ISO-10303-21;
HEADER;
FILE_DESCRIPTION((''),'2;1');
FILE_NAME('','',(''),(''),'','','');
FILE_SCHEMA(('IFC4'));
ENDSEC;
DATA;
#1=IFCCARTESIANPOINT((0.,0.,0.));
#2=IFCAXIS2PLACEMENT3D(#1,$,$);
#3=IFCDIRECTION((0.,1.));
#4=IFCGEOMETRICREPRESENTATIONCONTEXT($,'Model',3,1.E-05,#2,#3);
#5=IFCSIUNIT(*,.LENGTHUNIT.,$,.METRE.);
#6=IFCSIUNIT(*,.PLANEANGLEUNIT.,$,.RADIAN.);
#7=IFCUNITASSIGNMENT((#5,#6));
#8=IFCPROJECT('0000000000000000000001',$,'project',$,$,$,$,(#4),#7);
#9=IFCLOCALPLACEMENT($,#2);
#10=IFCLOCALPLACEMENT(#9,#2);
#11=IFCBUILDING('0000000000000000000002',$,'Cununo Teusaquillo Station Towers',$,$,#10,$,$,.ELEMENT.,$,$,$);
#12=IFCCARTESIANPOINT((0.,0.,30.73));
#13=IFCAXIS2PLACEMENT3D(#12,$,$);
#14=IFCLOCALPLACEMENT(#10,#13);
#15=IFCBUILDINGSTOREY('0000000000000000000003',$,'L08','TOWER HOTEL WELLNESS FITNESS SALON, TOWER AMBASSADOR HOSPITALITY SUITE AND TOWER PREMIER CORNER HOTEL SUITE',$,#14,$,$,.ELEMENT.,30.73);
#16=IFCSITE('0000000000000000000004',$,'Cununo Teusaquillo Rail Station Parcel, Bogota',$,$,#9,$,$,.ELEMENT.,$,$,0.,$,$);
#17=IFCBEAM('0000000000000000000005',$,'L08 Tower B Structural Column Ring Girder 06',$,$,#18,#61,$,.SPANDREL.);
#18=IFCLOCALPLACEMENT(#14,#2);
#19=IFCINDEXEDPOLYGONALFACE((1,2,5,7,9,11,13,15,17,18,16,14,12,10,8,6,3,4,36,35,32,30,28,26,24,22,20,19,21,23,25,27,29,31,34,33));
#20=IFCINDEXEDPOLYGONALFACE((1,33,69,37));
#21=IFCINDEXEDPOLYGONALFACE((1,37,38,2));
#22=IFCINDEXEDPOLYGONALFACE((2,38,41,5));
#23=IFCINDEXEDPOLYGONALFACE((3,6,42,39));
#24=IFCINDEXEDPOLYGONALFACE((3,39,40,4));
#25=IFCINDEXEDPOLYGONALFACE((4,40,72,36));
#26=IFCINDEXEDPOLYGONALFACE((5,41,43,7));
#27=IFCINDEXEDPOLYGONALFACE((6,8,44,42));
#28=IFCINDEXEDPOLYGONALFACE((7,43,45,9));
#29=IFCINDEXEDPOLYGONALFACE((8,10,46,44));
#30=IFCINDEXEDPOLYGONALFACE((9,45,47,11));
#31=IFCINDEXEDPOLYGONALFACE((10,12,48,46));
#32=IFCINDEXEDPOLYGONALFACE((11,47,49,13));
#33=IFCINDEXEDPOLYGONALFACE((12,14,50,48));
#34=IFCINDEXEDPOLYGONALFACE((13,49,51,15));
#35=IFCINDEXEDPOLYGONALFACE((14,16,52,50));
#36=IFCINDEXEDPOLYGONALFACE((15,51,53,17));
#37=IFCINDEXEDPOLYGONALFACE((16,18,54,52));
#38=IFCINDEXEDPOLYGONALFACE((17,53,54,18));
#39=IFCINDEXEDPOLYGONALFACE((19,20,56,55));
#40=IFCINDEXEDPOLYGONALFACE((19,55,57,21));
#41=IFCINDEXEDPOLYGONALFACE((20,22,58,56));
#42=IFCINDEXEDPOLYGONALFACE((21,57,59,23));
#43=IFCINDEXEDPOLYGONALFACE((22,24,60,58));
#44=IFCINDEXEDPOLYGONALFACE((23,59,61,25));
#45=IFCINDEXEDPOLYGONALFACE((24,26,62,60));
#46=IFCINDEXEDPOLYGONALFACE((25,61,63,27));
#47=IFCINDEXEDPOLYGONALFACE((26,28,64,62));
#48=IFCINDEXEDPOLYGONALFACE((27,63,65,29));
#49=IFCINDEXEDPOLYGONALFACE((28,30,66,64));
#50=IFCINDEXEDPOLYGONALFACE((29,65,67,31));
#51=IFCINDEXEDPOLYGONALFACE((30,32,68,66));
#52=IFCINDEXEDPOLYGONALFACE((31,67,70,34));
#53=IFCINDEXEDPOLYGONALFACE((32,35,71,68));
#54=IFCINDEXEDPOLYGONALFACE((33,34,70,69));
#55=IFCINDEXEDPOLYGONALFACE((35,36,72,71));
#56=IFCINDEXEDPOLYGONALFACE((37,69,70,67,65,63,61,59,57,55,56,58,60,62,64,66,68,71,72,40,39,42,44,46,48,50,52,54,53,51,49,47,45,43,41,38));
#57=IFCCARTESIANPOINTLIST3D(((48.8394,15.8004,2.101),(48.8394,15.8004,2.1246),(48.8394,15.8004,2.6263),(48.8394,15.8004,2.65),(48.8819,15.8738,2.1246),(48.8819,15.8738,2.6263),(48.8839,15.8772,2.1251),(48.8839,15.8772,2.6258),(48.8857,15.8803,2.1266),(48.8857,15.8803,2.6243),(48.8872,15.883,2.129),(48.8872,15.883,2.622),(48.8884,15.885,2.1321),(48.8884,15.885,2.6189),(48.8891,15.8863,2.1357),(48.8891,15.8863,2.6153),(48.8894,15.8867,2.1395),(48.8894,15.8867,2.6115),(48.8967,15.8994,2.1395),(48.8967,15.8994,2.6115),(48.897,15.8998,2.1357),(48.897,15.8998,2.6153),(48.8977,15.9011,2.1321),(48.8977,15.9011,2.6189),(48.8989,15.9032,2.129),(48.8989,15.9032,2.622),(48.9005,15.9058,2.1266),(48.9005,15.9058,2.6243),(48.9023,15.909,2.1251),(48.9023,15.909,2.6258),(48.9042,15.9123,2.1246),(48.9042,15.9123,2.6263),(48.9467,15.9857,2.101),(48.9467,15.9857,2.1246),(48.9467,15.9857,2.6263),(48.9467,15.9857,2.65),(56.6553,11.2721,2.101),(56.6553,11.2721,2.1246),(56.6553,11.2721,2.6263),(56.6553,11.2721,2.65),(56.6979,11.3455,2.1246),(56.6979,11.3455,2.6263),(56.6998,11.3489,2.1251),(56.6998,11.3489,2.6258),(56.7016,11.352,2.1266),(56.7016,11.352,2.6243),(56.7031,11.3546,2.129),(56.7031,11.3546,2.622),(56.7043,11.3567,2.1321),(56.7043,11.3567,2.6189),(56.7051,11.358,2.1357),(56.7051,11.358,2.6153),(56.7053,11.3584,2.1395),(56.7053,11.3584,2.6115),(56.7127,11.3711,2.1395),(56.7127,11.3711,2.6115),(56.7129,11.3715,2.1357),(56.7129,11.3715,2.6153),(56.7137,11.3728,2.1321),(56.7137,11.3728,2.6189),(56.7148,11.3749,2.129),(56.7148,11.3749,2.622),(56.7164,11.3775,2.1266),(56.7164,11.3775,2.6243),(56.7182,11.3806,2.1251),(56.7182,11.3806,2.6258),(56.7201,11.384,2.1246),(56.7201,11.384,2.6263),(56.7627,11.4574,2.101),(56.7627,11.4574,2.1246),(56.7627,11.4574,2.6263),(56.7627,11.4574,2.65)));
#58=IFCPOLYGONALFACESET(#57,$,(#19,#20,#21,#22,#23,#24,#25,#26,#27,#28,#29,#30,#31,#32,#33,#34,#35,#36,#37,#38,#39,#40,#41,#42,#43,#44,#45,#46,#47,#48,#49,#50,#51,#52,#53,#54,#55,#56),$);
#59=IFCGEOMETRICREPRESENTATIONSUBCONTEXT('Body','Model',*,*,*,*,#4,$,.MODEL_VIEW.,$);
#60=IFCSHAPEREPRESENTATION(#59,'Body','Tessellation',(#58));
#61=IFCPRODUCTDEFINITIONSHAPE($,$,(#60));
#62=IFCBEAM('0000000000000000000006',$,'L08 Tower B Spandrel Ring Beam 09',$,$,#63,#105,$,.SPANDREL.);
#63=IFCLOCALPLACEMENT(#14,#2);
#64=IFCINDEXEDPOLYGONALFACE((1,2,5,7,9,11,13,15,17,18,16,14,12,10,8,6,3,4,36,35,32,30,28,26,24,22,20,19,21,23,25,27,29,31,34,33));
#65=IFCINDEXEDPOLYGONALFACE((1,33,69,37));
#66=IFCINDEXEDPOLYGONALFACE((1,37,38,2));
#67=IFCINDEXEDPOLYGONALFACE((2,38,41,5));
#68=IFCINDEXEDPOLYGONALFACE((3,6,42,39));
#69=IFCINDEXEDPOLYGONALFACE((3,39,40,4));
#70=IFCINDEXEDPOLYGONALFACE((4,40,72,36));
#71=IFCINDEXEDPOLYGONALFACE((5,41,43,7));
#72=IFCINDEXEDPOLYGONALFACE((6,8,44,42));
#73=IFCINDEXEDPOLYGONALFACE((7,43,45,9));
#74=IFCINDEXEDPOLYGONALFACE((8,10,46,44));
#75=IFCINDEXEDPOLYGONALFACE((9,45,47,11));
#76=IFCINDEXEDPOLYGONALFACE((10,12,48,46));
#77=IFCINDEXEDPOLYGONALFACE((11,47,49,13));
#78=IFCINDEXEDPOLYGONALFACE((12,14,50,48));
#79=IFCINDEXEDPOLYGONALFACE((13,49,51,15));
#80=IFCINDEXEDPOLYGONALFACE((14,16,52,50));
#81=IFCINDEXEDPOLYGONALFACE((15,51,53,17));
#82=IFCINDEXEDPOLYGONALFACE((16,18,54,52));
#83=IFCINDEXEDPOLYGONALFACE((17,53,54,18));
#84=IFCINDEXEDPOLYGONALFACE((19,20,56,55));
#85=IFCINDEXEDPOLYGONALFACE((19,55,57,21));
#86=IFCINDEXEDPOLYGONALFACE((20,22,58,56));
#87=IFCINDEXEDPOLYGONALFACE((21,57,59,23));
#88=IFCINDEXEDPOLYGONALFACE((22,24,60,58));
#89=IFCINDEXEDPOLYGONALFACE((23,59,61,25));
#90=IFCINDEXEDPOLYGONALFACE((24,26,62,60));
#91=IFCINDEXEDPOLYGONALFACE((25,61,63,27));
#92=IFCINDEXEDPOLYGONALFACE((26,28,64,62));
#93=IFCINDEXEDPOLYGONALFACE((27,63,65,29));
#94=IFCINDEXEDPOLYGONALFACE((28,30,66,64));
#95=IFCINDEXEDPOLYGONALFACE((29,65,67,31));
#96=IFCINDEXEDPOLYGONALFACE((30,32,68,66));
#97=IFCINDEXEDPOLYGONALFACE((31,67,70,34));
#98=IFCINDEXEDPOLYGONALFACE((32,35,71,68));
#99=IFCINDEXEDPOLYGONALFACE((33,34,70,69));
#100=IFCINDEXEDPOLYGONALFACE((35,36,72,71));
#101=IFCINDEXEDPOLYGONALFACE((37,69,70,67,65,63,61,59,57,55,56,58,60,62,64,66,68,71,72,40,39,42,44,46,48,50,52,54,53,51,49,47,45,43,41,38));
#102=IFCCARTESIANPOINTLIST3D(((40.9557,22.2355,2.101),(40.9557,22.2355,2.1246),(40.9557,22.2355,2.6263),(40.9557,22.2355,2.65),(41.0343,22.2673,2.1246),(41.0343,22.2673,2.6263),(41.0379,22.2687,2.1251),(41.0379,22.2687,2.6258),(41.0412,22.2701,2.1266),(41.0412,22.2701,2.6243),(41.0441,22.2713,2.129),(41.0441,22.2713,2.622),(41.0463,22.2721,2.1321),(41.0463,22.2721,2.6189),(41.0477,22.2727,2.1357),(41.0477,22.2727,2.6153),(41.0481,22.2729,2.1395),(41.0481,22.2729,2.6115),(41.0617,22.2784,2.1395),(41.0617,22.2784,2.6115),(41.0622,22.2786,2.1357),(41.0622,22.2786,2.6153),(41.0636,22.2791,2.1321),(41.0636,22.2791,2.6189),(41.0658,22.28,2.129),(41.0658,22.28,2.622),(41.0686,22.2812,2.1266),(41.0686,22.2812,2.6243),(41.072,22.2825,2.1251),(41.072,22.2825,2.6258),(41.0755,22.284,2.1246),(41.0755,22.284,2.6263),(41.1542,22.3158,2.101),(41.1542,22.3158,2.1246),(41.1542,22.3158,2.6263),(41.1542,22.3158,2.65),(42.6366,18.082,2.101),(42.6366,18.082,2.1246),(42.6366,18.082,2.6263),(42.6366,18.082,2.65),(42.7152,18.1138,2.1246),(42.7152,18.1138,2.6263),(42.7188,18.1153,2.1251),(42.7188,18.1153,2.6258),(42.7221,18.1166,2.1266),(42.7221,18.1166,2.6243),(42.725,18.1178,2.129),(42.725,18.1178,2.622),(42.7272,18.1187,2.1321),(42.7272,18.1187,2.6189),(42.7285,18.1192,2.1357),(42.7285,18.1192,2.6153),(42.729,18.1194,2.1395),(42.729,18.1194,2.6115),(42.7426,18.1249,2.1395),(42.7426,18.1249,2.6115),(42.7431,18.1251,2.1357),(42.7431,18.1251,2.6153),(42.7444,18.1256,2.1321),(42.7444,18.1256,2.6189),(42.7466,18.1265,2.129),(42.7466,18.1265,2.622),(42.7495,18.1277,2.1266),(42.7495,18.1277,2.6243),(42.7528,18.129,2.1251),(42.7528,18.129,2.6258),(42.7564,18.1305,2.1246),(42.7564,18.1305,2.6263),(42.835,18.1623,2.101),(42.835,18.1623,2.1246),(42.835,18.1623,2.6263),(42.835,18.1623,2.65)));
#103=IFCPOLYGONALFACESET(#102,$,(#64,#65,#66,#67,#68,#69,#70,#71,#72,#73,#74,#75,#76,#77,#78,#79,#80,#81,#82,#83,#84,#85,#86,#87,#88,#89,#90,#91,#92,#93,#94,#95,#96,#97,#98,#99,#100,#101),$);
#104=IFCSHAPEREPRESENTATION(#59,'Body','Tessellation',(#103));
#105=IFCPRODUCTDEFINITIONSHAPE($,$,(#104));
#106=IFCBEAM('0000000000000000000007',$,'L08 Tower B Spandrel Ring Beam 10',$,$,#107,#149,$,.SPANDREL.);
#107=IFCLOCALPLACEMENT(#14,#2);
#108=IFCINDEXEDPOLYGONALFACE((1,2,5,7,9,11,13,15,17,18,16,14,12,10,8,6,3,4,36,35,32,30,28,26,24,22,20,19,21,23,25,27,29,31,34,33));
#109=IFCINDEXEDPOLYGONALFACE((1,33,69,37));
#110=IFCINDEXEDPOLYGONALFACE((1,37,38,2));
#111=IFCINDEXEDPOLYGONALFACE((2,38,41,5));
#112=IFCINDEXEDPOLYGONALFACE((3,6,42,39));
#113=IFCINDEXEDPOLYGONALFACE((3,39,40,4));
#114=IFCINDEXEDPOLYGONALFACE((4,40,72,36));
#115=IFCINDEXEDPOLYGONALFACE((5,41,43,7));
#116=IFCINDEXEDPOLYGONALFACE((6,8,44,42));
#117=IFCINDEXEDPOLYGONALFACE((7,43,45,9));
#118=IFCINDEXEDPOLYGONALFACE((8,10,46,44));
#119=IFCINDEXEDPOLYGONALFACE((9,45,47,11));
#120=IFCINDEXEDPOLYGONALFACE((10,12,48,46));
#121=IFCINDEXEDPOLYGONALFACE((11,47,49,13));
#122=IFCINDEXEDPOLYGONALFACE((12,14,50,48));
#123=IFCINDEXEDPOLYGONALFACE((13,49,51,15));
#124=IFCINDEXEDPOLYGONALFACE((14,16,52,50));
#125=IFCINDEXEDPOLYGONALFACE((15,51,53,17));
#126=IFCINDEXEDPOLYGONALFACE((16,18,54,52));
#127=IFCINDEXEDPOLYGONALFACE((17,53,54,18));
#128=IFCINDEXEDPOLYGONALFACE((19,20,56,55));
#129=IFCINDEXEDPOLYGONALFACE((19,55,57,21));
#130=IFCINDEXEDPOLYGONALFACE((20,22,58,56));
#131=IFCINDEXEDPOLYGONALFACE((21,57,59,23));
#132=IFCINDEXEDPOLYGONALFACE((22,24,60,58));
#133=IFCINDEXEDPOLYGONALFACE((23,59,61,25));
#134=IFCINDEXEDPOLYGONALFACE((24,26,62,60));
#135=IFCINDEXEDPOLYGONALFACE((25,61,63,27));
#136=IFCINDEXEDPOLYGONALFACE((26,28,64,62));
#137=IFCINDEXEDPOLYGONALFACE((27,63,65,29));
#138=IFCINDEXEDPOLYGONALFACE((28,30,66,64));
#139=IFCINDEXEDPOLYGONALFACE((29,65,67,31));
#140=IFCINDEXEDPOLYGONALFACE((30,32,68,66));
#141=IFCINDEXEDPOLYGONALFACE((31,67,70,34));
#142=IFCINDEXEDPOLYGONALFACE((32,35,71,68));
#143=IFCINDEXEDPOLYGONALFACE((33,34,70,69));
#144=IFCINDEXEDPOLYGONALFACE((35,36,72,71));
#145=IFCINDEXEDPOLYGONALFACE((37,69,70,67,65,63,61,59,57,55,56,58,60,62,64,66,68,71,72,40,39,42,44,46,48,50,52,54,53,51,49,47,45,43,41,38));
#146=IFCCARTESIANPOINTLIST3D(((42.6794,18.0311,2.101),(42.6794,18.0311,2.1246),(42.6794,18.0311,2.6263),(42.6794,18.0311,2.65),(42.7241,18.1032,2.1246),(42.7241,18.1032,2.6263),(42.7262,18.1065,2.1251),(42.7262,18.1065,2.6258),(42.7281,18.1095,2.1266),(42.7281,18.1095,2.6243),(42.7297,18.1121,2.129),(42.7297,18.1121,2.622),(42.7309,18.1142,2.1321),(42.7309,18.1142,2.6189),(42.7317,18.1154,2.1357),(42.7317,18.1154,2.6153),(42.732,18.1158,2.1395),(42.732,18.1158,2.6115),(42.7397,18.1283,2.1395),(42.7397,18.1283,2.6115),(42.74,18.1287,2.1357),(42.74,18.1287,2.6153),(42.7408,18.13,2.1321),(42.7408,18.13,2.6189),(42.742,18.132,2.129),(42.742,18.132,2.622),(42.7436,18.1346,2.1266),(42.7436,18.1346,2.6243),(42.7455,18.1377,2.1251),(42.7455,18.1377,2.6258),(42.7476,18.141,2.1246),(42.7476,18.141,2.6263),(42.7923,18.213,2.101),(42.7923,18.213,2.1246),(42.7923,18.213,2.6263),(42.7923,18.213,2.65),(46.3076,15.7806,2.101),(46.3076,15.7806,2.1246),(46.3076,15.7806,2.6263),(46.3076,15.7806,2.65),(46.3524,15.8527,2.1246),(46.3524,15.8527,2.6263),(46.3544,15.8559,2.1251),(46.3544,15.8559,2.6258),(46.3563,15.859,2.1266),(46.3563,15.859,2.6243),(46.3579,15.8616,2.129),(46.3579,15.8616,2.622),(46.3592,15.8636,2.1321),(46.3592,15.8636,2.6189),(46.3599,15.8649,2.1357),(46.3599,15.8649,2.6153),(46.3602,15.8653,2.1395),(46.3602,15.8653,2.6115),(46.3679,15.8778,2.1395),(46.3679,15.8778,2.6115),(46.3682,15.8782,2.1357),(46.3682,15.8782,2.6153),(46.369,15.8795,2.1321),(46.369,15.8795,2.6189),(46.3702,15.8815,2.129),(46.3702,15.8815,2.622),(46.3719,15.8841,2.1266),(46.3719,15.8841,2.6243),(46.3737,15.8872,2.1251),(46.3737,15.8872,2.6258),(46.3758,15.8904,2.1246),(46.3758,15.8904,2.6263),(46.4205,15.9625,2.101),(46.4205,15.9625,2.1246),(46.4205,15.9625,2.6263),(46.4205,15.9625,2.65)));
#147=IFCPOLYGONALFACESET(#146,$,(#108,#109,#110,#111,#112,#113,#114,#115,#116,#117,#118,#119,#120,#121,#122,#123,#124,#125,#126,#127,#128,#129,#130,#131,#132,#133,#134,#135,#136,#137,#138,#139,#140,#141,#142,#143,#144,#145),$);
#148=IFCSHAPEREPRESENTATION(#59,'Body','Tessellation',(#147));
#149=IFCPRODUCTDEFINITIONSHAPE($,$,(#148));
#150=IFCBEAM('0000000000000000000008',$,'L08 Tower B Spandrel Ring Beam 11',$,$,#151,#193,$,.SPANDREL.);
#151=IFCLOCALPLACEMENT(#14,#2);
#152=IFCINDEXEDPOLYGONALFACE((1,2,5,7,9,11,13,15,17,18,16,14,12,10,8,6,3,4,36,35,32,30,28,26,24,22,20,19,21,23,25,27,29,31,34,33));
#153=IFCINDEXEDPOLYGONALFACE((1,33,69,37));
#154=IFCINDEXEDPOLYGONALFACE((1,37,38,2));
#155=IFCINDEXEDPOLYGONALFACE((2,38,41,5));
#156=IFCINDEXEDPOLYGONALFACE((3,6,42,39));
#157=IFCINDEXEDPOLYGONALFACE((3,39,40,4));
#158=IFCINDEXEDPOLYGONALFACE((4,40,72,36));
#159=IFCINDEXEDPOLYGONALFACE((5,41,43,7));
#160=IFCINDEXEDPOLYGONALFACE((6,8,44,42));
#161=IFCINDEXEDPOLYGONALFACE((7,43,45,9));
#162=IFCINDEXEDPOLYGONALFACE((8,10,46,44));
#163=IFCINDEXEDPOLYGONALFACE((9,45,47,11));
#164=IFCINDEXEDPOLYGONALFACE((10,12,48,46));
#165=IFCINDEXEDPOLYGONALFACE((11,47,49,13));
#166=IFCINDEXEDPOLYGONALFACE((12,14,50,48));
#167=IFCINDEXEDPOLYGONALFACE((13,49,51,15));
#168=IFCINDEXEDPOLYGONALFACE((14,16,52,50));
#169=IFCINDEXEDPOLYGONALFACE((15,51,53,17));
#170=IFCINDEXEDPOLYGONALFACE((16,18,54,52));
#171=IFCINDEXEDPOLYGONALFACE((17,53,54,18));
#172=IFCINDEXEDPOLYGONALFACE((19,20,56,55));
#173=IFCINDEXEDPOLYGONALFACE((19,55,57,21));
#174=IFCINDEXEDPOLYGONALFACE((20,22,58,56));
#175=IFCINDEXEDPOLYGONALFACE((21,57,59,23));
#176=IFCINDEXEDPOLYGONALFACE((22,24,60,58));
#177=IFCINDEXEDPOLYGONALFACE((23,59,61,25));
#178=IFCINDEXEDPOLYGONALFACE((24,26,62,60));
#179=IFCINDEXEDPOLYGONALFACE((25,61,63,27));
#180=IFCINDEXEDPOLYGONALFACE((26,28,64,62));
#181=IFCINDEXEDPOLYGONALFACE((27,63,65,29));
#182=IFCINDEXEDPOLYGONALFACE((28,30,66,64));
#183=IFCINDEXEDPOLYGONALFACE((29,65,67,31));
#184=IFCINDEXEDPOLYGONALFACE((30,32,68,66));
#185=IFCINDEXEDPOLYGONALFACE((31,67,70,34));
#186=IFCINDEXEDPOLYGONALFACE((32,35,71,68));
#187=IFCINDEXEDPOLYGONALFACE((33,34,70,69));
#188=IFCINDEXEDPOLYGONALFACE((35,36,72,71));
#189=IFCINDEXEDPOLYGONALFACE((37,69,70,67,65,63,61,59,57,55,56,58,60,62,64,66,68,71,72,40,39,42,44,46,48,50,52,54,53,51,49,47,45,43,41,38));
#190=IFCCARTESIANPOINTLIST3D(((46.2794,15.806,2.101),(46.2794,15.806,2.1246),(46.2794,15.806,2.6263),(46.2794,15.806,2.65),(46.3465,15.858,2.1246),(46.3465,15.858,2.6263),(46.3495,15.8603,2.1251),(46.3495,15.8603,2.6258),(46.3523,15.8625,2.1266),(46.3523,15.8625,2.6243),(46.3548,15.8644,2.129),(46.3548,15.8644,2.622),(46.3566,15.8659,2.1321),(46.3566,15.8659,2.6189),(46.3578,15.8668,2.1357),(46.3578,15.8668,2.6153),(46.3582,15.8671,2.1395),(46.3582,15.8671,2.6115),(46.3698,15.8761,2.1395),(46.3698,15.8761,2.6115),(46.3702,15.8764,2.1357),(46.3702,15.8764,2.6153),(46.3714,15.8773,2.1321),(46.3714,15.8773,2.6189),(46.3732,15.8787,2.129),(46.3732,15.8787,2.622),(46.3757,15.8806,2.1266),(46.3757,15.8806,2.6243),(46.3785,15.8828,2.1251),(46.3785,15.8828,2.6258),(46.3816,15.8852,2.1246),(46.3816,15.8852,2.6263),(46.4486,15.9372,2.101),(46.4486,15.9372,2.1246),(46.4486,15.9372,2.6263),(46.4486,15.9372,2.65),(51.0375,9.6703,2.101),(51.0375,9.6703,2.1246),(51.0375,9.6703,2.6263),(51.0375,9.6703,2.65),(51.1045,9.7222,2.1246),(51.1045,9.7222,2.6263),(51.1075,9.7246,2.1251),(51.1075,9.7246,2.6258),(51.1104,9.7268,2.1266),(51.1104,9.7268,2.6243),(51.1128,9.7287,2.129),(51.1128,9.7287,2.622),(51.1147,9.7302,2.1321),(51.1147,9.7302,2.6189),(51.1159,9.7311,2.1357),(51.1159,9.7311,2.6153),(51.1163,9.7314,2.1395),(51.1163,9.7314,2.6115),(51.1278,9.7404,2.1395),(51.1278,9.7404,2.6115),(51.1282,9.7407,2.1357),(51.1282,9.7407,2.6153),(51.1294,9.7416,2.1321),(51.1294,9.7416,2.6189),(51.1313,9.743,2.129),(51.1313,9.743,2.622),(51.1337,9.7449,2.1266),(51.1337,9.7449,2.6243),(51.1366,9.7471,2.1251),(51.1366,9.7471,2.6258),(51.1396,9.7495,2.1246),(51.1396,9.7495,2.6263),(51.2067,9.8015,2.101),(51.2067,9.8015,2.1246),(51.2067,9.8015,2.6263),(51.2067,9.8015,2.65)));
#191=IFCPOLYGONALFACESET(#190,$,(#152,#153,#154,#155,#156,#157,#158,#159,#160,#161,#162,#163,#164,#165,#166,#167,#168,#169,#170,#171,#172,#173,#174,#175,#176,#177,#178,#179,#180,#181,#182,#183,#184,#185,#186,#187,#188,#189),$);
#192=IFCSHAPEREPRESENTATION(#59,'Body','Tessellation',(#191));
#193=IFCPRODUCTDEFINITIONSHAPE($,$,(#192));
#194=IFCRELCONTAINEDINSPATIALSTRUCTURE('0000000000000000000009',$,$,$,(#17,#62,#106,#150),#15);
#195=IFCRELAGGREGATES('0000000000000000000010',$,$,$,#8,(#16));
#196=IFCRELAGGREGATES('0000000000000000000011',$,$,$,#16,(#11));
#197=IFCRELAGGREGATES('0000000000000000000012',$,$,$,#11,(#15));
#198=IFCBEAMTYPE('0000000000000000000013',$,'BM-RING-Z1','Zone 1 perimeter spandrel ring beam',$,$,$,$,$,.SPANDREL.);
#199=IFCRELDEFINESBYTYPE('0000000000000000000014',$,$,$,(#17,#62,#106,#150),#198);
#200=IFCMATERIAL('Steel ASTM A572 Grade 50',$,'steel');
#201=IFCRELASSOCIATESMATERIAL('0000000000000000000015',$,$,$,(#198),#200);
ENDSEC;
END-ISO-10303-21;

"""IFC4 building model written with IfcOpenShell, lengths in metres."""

from ifc_helpers import new_model, si_unit, direction, frame, origin, origin_2d, place, context, subcontext, project, spatial, i_section, extrude, material, material_profile, profile_set, type_object, element, save


model = new_model("IFC4")

# Units and contexts
model_context = context("Model", 3, precision=1e-05, world=origin(), true_north=direction((0.0, 1.0)))
body_context = subcontext(model_context, "Body", "Model", "MODEL_VIEW")
ifc_project = project(units=[si_unit("LENGTHUNIT", "METRE"), si_unit("PLANEANGLEUNIT", "RADIAN")], contexts=[model_context])

# Site, building, storey
site_placement = place(None, origin())
site = spatial("IfcSite", under=ifc_project, at=site_placement, Name="Cununo Teusaquillo Rail Station Parcel, Bogota", CompositionType="ELEMENT", RefElevation=0.0)
building_placement = place(site_placement, origin())
building = spatial("IfcBuilding", under=site, at=building_placement, Name="Cununo Teusaquillo Station Towers", CompositionType="ELEMENT")
storey_placement = place(building_placement, frame((0.0, 0.0, 30.73)))
storey = spatial("IfcBuildingStorey", under=building, at=storey_placement, Name="L08", Description="TOWER HOTEL WELLNESS FITNESS SALON, TOWER AMBASSADOR HOSPITALITY SUITE AND TOWER PREMIER CORNER HOTEL SUITE", CompositionType="ELEMENT", Elevation=30.73)

# Beams
ifc_material_1 = material(Name="Steel ASTM A572 Grade 50", Category="steel")
ifc_material_profile_1 = material_profile(ifc_material_1, i_section(OverallWidth=0.2141, OverallDepth=0.5491, WebThickness=0.0146, FlangeThickness=0.0237, FilletRadius=0.0149, at=origin_2d()), Name="W21X93")
ifc_profile_set_1 = profile_set([ifc_material_profile_1], Name="Steel ASTM A572 Grade 50")
beam_type_1 = type_object("IfcBeamType", Name="BM-RING-Z1", Description="Zone 1 perimeter spandrel ring beam", PredefinedType="SPANDREL", material=ifc_profile_set_1)
for number, where, z_axis, x_axis, name in (
    (1, (48.8931, 15.8931, 2.3755), (0.865267, -0.501311, 0.0), (0.501311, 0.865267, 0.0), "L08 Tower B Structural Column Ring Girder 06"),
):
    element("IfcBeam", number, at=place(storey_placement, frame(where, z_axis=z_axis, x_axis=x_axis)), inside=storey, type_object=beam_type_1, Name=name, PredefinedType="SPANDREL", context=body_context, shape_type="SweptSolid", body=[
        extrude(i_section(OverallWidth=0.2141, OverallDepth=0.5491, WebThickness=0.0146, FlangeThickness=0.0237, FilletRadius=0.0149, at=origin_2d()), origin(), (0.0, 0.0, 1.0), 9.033),
    ])
beam_1_placement = place(storey_placement, frame((41.0549, 22.2756, 2.3755), z_axis=(0.375136, -0.92697, 0.0), x_axis=(0.92697, 0.375136, 0.0)))
element("IfcBeam", 2, at=beam_1_placement, inside=storey, type_object=beam_type_1, Name="L08 Tower B Spandrel Ring Beam 09", PredefinedType="SPANDREL", context=body_context, shape_type="SweptSolid", body=[
    extrude(i_section(OverallWidth=0.2141, OverallDepth=0.5491, WebThickness=0.0146, FlangeThickness=0.0237, FilletRadius=0.0149, at=origin_2d()), origin(), (0.0, 0.0, 1.0), 4.4807),
])
beam_2_placement = place(storey_placement, frame((42.7358, 18.1221, 2.3755), z_axis=(0.849796, -0.527112, 0.0), x_axis=(0.527112, 0.849796, 0.0)))
element("IfcBeam", 3, at=beam_2_placement, inside=storey, type_object=beam_type_1, Name="L08 Tower B Spandrel Ring Beam 10", PredefinedType="SPANDREL", context=body_context, shape_type="SweptSolid", body=[
    extrude(i_section(OverallWidth=0.2141, OverallDepth=0.5491, WebThickness=0.0146, FlangeThickness=0.0237, FilletRadius=0.0149, at=origin_2d()), origin(), (0.0, 0.0, 1.0), 4.2695),
])
beam_3_placement = place(storey_placement, frame((46.364, 15.8716, 2.3755), z_axis=(0.612801, -0.790237, 0.0), x_axis=(0.790237, 0.612801, 0.0)))
element("IfcBeam", 4, at=beam_3_placement, inside=storey, type_object=beam_type_1, Name="L08 Tower B Spandrel Ring Beam 11", PredefinedType="SPANDREL", context=body_context, shape_type="SweptSolid", body=[
    extrude(i_section(OverallWidth=0.2141, OverallDepth=0.5491, WebThickness=0.0146, FlangeThickness=0.0237, FilletRadius=0.0149, at=origin_2d()), origin(), (0.0, 0.0, 1.0), 7.7644),
])

save(model, "model.ifc")
